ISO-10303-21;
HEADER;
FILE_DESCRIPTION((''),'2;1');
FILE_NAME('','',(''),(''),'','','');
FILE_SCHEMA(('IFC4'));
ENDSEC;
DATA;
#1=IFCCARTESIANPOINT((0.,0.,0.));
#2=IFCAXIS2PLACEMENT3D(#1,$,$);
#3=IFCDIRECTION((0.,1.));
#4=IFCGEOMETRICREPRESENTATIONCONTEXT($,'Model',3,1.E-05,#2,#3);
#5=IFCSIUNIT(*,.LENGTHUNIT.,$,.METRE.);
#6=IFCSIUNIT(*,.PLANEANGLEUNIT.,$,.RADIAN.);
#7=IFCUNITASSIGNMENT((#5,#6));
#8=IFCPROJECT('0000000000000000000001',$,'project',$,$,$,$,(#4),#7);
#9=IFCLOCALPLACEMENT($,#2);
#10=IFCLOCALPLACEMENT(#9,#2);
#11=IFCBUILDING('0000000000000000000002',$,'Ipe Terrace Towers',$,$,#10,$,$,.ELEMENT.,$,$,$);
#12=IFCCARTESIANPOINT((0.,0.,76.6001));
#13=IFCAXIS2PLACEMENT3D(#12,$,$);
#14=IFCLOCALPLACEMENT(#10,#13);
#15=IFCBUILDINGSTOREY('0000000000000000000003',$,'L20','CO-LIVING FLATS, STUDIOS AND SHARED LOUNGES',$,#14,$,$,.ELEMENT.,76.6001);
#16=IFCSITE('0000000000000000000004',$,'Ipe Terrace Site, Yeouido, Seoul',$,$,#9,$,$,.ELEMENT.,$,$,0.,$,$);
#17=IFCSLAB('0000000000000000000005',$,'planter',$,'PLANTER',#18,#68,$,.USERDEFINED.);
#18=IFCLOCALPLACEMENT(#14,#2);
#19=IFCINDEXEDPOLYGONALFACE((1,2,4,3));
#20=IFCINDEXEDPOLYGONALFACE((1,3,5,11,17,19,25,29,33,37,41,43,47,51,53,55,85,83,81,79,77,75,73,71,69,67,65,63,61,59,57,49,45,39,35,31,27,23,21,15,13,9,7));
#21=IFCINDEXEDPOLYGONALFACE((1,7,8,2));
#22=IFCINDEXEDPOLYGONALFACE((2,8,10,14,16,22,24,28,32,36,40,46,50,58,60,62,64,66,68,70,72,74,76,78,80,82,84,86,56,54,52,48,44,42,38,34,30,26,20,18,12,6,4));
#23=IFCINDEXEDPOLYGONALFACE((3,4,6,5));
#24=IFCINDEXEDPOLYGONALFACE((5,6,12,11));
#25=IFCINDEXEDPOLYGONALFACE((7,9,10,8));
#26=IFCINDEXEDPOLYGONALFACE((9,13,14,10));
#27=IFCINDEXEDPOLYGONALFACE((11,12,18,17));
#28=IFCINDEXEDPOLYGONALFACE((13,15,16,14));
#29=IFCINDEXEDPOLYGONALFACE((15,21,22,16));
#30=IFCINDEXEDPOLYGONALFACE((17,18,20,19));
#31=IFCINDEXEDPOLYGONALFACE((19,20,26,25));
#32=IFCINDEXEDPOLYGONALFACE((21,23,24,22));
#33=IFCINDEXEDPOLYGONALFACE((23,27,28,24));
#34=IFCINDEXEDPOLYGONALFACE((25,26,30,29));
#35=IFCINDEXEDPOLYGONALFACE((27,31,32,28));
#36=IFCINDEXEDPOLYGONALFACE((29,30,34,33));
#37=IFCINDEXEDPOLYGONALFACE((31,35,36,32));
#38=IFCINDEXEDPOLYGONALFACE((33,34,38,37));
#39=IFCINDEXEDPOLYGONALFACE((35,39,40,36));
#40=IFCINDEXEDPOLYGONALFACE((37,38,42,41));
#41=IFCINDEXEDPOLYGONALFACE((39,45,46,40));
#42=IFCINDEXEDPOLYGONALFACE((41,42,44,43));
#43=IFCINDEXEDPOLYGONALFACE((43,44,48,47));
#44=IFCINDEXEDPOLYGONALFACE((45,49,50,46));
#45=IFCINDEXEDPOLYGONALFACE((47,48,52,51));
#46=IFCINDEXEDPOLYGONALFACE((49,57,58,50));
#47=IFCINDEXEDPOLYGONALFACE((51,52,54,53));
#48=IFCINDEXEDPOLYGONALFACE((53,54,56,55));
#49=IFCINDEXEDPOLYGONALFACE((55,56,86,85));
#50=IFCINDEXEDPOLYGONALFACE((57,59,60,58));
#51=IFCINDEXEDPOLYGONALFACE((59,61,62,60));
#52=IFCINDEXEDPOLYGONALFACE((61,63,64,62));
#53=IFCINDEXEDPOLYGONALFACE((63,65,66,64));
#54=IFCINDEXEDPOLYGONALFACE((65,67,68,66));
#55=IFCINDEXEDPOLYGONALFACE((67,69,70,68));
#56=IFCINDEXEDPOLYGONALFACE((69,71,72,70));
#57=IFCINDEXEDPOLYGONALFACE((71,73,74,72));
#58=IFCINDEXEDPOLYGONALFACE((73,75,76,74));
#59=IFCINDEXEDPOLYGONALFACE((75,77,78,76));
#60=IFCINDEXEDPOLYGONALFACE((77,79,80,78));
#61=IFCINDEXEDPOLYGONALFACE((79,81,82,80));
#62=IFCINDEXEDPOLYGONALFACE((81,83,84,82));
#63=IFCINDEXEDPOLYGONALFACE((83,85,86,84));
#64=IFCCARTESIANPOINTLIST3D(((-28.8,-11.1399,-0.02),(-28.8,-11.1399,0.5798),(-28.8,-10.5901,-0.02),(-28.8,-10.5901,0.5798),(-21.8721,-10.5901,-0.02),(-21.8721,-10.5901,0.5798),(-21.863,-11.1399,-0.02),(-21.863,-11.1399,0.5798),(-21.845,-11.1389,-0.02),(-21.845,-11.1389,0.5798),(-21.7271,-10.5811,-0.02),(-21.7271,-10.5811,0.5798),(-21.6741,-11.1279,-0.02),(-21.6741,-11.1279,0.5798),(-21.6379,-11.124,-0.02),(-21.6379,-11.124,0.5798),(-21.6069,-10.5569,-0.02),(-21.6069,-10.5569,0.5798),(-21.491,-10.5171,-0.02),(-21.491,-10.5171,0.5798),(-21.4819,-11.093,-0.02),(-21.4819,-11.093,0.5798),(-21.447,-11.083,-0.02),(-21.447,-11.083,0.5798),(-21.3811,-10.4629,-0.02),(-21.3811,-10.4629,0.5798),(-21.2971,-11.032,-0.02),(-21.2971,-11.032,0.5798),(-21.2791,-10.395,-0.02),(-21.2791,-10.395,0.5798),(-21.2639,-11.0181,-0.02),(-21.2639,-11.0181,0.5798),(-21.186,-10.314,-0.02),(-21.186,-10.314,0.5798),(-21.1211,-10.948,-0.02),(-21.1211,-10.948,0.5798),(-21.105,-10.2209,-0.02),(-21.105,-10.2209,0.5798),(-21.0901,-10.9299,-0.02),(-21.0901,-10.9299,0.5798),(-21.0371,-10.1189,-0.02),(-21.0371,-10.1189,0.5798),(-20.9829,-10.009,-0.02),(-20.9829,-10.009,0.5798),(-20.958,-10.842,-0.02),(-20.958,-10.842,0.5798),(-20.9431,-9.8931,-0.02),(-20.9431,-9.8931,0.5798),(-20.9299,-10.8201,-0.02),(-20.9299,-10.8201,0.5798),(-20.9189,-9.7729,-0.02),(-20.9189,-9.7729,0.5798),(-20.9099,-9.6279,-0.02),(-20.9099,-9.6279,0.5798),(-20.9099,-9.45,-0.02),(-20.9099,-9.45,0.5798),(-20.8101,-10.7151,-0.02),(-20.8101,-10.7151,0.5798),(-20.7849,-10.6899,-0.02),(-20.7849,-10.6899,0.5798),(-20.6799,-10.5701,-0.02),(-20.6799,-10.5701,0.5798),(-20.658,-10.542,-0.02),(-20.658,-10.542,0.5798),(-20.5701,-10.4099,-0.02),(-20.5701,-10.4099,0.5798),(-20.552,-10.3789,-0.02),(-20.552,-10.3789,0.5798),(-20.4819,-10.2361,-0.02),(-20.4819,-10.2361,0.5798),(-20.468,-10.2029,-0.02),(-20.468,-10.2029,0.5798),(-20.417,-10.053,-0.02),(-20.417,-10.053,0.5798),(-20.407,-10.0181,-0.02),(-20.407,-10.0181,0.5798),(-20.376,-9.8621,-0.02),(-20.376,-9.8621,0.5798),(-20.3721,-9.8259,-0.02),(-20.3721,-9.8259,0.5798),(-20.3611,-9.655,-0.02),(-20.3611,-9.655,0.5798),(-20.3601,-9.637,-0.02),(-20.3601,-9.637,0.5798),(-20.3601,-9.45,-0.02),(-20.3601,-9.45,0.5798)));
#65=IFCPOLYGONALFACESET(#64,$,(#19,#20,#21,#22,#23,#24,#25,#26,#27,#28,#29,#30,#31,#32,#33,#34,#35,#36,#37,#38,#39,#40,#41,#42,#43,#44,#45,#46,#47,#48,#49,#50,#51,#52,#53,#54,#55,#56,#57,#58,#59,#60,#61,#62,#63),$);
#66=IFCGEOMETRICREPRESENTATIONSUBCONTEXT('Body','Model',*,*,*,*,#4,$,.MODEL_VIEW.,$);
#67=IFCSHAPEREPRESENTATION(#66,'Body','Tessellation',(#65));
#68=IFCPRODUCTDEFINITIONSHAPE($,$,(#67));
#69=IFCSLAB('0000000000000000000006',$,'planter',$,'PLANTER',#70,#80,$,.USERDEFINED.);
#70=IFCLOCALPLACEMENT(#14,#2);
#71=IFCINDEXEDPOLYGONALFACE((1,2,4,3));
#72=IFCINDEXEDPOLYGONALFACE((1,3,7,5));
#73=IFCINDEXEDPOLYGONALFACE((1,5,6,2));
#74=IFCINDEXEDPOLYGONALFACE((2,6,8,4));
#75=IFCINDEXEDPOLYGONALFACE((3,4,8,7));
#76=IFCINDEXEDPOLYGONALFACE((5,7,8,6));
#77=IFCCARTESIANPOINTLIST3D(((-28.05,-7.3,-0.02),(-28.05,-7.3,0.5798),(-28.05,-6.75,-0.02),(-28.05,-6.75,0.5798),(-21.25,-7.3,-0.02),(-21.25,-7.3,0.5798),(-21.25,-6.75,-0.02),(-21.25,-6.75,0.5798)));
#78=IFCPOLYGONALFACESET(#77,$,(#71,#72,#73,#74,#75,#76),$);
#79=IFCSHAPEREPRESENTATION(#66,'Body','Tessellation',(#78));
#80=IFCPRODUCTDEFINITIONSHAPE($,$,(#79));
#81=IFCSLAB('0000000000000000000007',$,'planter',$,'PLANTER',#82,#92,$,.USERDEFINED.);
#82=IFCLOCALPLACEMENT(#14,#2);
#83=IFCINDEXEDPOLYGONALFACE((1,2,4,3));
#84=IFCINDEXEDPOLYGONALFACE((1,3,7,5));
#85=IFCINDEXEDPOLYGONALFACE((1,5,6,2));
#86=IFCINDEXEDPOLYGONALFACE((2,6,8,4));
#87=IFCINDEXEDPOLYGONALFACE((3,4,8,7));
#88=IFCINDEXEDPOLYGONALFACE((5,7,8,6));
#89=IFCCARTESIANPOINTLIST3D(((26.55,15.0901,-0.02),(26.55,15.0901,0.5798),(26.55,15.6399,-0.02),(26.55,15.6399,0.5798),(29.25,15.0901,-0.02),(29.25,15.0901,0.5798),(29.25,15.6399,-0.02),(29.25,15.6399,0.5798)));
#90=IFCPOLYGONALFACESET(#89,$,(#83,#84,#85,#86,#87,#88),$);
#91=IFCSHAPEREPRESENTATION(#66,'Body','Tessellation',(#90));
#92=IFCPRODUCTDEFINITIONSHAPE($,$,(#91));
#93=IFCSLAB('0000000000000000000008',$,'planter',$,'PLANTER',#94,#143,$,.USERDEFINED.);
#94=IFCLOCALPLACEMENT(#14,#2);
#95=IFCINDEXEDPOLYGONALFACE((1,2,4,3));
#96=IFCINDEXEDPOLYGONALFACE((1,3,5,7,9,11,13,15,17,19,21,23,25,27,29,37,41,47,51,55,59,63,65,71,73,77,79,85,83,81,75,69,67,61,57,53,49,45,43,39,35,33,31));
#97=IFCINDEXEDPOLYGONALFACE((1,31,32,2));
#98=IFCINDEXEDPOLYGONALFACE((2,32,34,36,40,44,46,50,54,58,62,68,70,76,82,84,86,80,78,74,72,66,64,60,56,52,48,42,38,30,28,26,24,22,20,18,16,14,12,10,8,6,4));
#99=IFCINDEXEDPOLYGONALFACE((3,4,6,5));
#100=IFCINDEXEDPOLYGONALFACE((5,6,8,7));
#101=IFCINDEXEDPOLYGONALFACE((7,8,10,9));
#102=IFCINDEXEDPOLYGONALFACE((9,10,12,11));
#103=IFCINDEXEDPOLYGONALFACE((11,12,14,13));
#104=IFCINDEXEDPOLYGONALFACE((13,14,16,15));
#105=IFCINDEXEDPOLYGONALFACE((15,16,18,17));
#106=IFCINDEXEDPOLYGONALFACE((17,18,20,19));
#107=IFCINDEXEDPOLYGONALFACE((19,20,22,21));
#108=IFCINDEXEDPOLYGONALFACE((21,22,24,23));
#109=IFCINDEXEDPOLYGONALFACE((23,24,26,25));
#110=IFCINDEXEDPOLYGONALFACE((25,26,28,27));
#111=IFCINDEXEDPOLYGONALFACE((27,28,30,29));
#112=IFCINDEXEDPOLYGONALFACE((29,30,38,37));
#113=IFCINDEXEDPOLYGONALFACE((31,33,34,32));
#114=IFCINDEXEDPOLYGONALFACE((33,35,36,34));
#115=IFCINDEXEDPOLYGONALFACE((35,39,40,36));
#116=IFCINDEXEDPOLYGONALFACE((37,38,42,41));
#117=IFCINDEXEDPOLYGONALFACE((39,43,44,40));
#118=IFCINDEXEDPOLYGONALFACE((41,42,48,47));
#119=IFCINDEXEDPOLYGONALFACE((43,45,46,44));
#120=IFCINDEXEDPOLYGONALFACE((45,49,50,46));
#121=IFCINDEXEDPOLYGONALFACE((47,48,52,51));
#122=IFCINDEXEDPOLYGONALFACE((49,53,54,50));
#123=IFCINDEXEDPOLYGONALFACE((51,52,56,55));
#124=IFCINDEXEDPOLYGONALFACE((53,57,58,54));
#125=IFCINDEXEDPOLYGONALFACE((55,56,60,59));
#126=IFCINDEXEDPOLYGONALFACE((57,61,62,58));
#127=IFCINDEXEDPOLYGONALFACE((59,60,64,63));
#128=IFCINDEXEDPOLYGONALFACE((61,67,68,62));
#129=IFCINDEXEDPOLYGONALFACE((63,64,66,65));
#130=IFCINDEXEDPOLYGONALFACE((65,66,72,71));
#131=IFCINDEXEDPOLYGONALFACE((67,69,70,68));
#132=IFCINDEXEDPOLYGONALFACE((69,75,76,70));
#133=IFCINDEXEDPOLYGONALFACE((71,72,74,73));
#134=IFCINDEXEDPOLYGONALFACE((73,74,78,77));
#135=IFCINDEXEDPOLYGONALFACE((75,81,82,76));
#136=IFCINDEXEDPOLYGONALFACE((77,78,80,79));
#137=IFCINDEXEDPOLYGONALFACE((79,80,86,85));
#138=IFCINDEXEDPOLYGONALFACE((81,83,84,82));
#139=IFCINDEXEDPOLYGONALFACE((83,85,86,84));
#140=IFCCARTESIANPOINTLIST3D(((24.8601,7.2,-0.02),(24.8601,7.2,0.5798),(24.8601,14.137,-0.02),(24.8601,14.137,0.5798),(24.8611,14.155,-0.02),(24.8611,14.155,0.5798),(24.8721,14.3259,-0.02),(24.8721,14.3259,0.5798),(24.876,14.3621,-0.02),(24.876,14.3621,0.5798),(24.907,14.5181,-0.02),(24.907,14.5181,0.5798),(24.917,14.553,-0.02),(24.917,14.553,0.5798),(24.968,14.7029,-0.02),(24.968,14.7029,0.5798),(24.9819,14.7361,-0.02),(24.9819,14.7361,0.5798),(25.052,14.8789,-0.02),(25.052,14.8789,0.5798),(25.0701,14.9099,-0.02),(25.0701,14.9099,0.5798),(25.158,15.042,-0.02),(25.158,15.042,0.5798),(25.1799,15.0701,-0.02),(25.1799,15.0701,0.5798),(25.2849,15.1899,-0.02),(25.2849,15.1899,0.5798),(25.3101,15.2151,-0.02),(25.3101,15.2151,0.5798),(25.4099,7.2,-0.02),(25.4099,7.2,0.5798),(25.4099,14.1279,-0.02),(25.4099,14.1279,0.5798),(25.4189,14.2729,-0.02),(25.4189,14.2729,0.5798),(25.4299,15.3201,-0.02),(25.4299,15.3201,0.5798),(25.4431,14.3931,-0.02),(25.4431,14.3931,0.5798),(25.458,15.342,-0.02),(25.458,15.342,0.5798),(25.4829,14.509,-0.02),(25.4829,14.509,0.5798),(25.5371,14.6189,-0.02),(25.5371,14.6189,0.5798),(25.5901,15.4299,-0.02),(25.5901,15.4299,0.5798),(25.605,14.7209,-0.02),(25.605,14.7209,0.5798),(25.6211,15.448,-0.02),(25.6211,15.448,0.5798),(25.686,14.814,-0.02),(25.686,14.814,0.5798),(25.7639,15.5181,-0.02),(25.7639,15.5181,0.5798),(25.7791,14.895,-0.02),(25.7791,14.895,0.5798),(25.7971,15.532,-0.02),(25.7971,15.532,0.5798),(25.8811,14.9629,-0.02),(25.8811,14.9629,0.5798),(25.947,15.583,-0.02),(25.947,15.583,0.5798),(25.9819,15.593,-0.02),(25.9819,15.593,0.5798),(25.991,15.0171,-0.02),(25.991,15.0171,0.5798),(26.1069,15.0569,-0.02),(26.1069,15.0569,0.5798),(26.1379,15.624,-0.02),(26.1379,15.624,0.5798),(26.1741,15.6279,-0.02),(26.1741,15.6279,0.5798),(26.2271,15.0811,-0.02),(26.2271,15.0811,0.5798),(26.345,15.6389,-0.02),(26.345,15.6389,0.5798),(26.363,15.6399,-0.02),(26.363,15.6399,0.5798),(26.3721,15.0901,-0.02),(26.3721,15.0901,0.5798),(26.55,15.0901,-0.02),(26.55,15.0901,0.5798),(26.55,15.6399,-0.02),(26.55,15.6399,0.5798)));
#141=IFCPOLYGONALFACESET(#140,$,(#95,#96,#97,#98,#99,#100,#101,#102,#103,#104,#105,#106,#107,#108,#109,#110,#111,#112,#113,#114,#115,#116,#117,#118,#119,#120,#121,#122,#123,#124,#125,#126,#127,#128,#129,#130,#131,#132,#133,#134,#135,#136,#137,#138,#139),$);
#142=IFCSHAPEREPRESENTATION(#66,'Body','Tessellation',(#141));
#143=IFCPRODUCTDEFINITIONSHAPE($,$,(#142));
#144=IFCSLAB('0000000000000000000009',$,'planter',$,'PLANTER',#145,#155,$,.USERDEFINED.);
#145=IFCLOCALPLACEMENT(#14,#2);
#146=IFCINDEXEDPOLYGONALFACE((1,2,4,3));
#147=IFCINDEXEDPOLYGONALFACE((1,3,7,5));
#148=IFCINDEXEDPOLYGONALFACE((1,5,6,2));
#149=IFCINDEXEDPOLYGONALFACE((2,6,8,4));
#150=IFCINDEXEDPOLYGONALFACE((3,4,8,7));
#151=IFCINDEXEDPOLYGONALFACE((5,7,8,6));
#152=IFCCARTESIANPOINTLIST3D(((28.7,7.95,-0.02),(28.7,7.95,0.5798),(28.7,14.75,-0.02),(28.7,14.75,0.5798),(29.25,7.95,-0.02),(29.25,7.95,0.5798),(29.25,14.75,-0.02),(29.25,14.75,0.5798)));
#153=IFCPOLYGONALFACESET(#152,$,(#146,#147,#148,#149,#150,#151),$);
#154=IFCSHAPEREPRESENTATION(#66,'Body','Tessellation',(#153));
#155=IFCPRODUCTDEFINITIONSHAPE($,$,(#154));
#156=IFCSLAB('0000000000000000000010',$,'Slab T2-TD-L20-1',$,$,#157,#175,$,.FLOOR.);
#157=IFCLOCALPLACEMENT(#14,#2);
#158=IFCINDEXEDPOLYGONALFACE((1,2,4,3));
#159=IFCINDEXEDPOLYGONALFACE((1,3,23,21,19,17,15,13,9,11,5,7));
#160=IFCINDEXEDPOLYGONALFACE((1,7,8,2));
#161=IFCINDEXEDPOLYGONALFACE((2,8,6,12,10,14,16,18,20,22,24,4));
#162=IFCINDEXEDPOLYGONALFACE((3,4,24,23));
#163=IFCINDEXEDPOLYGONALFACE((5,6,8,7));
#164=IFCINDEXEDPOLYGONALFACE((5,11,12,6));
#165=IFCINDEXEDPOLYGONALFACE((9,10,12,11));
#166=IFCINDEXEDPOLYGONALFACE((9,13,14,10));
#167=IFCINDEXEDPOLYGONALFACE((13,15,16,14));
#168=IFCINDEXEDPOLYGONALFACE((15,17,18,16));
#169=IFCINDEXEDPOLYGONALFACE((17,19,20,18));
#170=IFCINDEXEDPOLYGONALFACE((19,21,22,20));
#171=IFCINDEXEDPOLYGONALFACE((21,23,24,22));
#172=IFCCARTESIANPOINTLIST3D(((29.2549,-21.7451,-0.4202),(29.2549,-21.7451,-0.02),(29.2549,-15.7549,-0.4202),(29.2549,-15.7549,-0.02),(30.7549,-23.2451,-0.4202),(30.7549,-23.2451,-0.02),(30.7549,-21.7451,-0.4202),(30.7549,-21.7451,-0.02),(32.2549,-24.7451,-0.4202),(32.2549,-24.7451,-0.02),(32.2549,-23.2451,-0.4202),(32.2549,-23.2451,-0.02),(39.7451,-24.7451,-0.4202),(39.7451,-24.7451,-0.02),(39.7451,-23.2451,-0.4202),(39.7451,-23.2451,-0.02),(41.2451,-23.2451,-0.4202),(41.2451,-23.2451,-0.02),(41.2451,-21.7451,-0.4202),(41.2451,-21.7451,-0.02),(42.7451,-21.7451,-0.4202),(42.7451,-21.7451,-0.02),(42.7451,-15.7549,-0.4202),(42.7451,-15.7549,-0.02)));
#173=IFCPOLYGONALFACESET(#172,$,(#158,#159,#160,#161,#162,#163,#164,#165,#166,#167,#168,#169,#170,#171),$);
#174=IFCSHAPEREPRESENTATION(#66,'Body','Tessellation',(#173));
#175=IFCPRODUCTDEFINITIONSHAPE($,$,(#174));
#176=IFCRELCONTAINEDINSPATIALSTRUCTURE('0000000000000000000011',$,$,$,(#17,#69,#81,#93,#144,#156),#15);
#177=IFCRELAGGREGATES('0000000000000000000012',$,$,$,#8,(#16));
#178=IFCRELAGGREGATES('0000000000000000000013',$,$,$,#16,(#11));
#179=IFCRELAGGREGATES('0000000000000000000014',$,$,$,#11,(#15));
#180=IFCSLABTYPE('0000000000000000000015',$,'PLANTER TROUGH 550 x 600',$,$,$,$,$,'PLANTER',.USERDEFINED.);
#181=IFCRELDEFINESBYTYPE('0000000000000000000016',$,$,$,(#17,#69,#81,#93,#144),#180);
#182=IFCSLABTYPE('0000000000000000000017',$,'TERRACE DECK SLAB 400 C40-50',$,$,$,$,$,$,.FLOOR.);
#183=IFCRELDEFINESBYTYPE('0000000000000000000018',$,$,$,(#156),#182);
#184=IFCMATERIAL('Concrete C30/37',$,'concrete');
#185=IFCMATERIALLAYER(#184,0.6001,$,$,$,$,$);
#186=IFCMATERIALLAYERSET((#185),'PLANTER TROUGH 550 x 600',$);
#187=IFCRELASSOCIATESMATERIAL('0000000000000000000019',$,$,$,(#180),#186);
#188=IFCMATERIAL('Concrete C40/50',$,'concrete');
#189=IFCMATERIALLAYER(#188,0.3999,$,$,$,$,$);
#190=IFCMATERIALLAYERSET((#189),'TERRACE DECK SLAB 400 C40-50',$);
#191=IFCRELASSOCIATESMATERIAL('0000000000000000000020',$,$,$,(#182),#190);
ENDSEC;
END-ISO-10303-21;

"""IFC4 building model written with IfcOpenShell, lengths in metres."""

from ifc_helpers import new_model, si_unit, direction, frame, origin, place, context, subcontext, project, spatial, polyline, outline, extrude, material, layer, layer_set, type_object, element, save


model = new_model("IFC4")

# Units and contexts
model_context = context("Model", 3, precision=1e-05, world=origin(), true_north=direction((0.0, 1.0)))
body_context = subcontext(model_context, "Body", "Model", "MODEL_VIEW")
ifc_project = project(units=[si_unit("LENGTHUNIT", "METRE"), si_unit("PLANEANGLEUNIT", "RADIAN")], contexts=[model_context])

# Site, building, storey
site_placement = place(None, origin())
site = spatial("IfcSite", under=ifc_project, at=site_placement, Name="Ipe Terrace Site, Yeouido, Seoul", CompositionType="ELEMENT", RefElevation=0.0)
building_placement = place(site_placement, origin())
building = spatial("IfcBuilding", under=site, at=building_placement, Name="Ipe Terrace Towers", CompositionType="ELEMENT")
storey_placement = place(building_placement, frame((0.0, 0.0, 76.6001)))
storey = spatial("IfcBuildingStorey", under=building, at=storey_placement, Name="L20", Description="CO-LIVING FLATS, STUDIOS AND SHARED LOUNGES", CompositionType="ELEMENT", Elevation=76.6001)

# Slabs
ifc_material_1 = material(Name="Concrete C30/37", Category="concrete")
ifc_layer_1 = layer(ifc_material_1, 0.6001)
ifc_layer_set_1 = layer_set([ifc_layer_1], Name="PLANTER TROUGH 550 x 600")
slab_type_1 = type_object("IfcSlabType", Name="PLANTER TROUGH 550 x 600", ElementType="PLANTER", PredefinedType="USERDEFINED", material=ifc_layer_set_1)
slab_1_placement = place(storey_placement, frame((0.0, 0.0, -0.02)))
element("IfcSlab", 1, at=slab_1_placement, inside=storey, type_object=slab_type_1, Name="planter", ObjectType="PLANTER", PredefinedType="USERDEFINED", context=body_context, shape_type="SweptSolid", body=[
    extrude(outline(polyline([(-20.9431, -9.8931), (-20.9829, -10.009), (-21.0371, -10.1189), (-21.105, -10.2209), (-21.186, -10.314), (-21.2791, -10.395), (-21.3811, -10.4629), (-21.491, -10.5171), (-21.6069, -10.5569), (-21.7271, -10.5811), (-21.8721, -10.5901), (-28.8, -10.5901), (-28.8, -11.1399), (-21.863, -11.1399), (-21.845, -11.1389), (-21.6741, -11.1279), (-21.6379, -11.124), (-21.4819, -11.093), (-21.447, -11.083), (-21.2971, -11.032), (-21.2639, -11.0181), (-21.1211, -10.948), (-21.0901, -10.9299), (-20.958, -10.842), (-20.9299, -10.8201), (-20.8101, -10.7151), (-20.7849, -10.6899), (-20.6799, -10.5701), (-20.658, -10.542), (-20.5701, -10.4099), (-20.552, -10.3789), (-20.4819, -10.2361), (-20.468, -10.2029), (-20.417, -10.053), (-20.407, -10.0181), (-20.376, -9.8621), (-20.3721, -9.8259), (-20.3611, -9.655), (-20.3601, -9.637), (-20.3601, -9.45), (-20.9099, -9.45), (-20.9099, -9.6279), (-20.9189, -9.7729), (-20.9431, -9.8931)])), origin(), (0.0, 0.0, 1.0), 0.5999),
])
slab_2_placement = place(storey_placement, frame((0.0, 0.0, -0.02)))
element("IfcSlab", 2, at=slab_2_placement, inside=storey, type_object=slab_type_1, Name="planter", ObjectType="PLANTER", PredefinedType="USERDEFINED", context=body_context, shape_type="SweptSolid", body=[
    extrude(outline(polyline([(-28.05, -6.75), (-28.05, -7.3), (-21.25, -7.3), (-21.25, -6.75), (-28.05, -6.75)])), origin(), (0.0, 0.0, 1.0), 0.5999),
])
slab_3_placement = place(storey_placement, frame((0.0, 0.0, -0.02)))
element("IfcSlab", 3, at=slab_3_placement, inside=storey, type_object=slab_type_1, Name="planter", ObjectType="PLANTER", PredefinedType="USERDEFINED", context=body_context, shape_type="SweptSolid", body=[
    extrude(outline(polyline([(29.25, 15.6399), (26.55, 15.6399), (26.55, 15.0901), (29.25, 15.0901), (29.25, 15.6399)])), origin(), (0.0, 0.0, 1.0), 0.5999),
])
slab_4_placement = place(storey_placement, frame((0.0, 0.0, -0.02)))
element("IfcSlab", 4, at=slab_4_placement, inside=storey, type_object=slab_type_1, Name="planter", ObjectType="PLANTER", PredefinedType="USERDEFINED", context=body_context, shape_type="SweptSolid", body=[
    extrude(outline(polyline([(26.1069, 15.0569), (26.2271, 15.0811), (26.3721, 15.0901), (26.55, 15.0901), (26.55, 15.6399), (26.363, 15.6399), (26.345, 15.6389), (26.1741, 15.6279), (26.1379, 15.624), (25.9819, 15.593), (25.947, 15.583), (25.7971, 15.532), (25.7639, 15.5181), (25.6211, 15.448), (25.5901, 15.4299), (25.458, 15.342), (25.4299, 15.3201), (25.3101, 15.2151), (25.2849, 15.1899), (25.1799, 15.0701), (25.158, 15.042), (25.0701, 14.9099), (25.052, 14.8789), (24.9819, 14.7361), (24.968, 14.7029), (24.917, 14.553), (24.907, 14.5181), (24.876, 14.3621), (24.8721, 14.3259), (24.8611, 14.155), (24.8601, 14.137), (24.8601, 7.2), (25.4099, 7.2), (25.4099, 14.1279), (25.4189, 14.2729), (25.4431, 14.3931), (25.4829, 14.509), (25.5371, 14.6189), (25.605, 14.7209), (25.686, 14.814), (25.7791, 14.895), (25.8811, 14.9629), (25.991, 15.0171), (26.1069, 15.0569)])), origin(), (0.0, 0.0, 1.0), 0.5999),
])
slab_5_placement = place(storey_placement, frame((0.0, 0.0, -0.02)))
element("IfcSlab", 5, at=slab_5_placement, inside=storey, type_object=slab_type_1, Name="planter", ObjectType="PLANTER", PredefinedType="USERDEFINED", context=body_context, shape_type="SweptSolid", body=[
    extrude(outline(polyline([(29.25, 7.95), (29.25, 14.75), (28.7, 14.75), (28.7, 7.95), (29.25, 7.95)])), origin(), (0.0, 0.0, 1.0), 0.5999),
])
ifc_material_2 = material(Name="Concrete C40/50", Category="concrete")
ifc_layer_2 = layer(ifc_material_2, 0.3999)
ifc_layer_set_2 = layer_set([ifc_layer_2], Name="TERRACE DECK SLAB 400 C40-50")
slab_type_2 = type_object("IfcSlabType", Name="TERRACE DECK SLAB 400 C40-50", PredefinedType="FLOOR", material=ifc_layer_set_2)
slab_6_placement = place(storey_placement, frame((0.0, 0.0, -0.4202)))
element("IfcSlab", 6, at=slab_6_placement, inside=storey, type_object=slab_type_2, Name="Slab T2-TD-L20-1", PredefinedType="FLOOR", context=body_context, shape_type="SweptSolid", body=[
    extrude(outline(polyline([(29.2549, -21.7451), (29.2549, -15.7549), (42.7451, -15.7549), (42.7451, -21.7451), (41.2451, -21.7451), (41.2451, -23.2451), (39.7451, -23.2451), (39.7451, -24.7451), (32.2549, -24.7451), (32.2549, -23.2451), (30.7549, -23.2451), (30.7549, -21.7451), (29.2549, -21.7451)])), origin(), (0.0, 0.0, 1.0), 0.4001),
])

save(model, "model.ifc")
